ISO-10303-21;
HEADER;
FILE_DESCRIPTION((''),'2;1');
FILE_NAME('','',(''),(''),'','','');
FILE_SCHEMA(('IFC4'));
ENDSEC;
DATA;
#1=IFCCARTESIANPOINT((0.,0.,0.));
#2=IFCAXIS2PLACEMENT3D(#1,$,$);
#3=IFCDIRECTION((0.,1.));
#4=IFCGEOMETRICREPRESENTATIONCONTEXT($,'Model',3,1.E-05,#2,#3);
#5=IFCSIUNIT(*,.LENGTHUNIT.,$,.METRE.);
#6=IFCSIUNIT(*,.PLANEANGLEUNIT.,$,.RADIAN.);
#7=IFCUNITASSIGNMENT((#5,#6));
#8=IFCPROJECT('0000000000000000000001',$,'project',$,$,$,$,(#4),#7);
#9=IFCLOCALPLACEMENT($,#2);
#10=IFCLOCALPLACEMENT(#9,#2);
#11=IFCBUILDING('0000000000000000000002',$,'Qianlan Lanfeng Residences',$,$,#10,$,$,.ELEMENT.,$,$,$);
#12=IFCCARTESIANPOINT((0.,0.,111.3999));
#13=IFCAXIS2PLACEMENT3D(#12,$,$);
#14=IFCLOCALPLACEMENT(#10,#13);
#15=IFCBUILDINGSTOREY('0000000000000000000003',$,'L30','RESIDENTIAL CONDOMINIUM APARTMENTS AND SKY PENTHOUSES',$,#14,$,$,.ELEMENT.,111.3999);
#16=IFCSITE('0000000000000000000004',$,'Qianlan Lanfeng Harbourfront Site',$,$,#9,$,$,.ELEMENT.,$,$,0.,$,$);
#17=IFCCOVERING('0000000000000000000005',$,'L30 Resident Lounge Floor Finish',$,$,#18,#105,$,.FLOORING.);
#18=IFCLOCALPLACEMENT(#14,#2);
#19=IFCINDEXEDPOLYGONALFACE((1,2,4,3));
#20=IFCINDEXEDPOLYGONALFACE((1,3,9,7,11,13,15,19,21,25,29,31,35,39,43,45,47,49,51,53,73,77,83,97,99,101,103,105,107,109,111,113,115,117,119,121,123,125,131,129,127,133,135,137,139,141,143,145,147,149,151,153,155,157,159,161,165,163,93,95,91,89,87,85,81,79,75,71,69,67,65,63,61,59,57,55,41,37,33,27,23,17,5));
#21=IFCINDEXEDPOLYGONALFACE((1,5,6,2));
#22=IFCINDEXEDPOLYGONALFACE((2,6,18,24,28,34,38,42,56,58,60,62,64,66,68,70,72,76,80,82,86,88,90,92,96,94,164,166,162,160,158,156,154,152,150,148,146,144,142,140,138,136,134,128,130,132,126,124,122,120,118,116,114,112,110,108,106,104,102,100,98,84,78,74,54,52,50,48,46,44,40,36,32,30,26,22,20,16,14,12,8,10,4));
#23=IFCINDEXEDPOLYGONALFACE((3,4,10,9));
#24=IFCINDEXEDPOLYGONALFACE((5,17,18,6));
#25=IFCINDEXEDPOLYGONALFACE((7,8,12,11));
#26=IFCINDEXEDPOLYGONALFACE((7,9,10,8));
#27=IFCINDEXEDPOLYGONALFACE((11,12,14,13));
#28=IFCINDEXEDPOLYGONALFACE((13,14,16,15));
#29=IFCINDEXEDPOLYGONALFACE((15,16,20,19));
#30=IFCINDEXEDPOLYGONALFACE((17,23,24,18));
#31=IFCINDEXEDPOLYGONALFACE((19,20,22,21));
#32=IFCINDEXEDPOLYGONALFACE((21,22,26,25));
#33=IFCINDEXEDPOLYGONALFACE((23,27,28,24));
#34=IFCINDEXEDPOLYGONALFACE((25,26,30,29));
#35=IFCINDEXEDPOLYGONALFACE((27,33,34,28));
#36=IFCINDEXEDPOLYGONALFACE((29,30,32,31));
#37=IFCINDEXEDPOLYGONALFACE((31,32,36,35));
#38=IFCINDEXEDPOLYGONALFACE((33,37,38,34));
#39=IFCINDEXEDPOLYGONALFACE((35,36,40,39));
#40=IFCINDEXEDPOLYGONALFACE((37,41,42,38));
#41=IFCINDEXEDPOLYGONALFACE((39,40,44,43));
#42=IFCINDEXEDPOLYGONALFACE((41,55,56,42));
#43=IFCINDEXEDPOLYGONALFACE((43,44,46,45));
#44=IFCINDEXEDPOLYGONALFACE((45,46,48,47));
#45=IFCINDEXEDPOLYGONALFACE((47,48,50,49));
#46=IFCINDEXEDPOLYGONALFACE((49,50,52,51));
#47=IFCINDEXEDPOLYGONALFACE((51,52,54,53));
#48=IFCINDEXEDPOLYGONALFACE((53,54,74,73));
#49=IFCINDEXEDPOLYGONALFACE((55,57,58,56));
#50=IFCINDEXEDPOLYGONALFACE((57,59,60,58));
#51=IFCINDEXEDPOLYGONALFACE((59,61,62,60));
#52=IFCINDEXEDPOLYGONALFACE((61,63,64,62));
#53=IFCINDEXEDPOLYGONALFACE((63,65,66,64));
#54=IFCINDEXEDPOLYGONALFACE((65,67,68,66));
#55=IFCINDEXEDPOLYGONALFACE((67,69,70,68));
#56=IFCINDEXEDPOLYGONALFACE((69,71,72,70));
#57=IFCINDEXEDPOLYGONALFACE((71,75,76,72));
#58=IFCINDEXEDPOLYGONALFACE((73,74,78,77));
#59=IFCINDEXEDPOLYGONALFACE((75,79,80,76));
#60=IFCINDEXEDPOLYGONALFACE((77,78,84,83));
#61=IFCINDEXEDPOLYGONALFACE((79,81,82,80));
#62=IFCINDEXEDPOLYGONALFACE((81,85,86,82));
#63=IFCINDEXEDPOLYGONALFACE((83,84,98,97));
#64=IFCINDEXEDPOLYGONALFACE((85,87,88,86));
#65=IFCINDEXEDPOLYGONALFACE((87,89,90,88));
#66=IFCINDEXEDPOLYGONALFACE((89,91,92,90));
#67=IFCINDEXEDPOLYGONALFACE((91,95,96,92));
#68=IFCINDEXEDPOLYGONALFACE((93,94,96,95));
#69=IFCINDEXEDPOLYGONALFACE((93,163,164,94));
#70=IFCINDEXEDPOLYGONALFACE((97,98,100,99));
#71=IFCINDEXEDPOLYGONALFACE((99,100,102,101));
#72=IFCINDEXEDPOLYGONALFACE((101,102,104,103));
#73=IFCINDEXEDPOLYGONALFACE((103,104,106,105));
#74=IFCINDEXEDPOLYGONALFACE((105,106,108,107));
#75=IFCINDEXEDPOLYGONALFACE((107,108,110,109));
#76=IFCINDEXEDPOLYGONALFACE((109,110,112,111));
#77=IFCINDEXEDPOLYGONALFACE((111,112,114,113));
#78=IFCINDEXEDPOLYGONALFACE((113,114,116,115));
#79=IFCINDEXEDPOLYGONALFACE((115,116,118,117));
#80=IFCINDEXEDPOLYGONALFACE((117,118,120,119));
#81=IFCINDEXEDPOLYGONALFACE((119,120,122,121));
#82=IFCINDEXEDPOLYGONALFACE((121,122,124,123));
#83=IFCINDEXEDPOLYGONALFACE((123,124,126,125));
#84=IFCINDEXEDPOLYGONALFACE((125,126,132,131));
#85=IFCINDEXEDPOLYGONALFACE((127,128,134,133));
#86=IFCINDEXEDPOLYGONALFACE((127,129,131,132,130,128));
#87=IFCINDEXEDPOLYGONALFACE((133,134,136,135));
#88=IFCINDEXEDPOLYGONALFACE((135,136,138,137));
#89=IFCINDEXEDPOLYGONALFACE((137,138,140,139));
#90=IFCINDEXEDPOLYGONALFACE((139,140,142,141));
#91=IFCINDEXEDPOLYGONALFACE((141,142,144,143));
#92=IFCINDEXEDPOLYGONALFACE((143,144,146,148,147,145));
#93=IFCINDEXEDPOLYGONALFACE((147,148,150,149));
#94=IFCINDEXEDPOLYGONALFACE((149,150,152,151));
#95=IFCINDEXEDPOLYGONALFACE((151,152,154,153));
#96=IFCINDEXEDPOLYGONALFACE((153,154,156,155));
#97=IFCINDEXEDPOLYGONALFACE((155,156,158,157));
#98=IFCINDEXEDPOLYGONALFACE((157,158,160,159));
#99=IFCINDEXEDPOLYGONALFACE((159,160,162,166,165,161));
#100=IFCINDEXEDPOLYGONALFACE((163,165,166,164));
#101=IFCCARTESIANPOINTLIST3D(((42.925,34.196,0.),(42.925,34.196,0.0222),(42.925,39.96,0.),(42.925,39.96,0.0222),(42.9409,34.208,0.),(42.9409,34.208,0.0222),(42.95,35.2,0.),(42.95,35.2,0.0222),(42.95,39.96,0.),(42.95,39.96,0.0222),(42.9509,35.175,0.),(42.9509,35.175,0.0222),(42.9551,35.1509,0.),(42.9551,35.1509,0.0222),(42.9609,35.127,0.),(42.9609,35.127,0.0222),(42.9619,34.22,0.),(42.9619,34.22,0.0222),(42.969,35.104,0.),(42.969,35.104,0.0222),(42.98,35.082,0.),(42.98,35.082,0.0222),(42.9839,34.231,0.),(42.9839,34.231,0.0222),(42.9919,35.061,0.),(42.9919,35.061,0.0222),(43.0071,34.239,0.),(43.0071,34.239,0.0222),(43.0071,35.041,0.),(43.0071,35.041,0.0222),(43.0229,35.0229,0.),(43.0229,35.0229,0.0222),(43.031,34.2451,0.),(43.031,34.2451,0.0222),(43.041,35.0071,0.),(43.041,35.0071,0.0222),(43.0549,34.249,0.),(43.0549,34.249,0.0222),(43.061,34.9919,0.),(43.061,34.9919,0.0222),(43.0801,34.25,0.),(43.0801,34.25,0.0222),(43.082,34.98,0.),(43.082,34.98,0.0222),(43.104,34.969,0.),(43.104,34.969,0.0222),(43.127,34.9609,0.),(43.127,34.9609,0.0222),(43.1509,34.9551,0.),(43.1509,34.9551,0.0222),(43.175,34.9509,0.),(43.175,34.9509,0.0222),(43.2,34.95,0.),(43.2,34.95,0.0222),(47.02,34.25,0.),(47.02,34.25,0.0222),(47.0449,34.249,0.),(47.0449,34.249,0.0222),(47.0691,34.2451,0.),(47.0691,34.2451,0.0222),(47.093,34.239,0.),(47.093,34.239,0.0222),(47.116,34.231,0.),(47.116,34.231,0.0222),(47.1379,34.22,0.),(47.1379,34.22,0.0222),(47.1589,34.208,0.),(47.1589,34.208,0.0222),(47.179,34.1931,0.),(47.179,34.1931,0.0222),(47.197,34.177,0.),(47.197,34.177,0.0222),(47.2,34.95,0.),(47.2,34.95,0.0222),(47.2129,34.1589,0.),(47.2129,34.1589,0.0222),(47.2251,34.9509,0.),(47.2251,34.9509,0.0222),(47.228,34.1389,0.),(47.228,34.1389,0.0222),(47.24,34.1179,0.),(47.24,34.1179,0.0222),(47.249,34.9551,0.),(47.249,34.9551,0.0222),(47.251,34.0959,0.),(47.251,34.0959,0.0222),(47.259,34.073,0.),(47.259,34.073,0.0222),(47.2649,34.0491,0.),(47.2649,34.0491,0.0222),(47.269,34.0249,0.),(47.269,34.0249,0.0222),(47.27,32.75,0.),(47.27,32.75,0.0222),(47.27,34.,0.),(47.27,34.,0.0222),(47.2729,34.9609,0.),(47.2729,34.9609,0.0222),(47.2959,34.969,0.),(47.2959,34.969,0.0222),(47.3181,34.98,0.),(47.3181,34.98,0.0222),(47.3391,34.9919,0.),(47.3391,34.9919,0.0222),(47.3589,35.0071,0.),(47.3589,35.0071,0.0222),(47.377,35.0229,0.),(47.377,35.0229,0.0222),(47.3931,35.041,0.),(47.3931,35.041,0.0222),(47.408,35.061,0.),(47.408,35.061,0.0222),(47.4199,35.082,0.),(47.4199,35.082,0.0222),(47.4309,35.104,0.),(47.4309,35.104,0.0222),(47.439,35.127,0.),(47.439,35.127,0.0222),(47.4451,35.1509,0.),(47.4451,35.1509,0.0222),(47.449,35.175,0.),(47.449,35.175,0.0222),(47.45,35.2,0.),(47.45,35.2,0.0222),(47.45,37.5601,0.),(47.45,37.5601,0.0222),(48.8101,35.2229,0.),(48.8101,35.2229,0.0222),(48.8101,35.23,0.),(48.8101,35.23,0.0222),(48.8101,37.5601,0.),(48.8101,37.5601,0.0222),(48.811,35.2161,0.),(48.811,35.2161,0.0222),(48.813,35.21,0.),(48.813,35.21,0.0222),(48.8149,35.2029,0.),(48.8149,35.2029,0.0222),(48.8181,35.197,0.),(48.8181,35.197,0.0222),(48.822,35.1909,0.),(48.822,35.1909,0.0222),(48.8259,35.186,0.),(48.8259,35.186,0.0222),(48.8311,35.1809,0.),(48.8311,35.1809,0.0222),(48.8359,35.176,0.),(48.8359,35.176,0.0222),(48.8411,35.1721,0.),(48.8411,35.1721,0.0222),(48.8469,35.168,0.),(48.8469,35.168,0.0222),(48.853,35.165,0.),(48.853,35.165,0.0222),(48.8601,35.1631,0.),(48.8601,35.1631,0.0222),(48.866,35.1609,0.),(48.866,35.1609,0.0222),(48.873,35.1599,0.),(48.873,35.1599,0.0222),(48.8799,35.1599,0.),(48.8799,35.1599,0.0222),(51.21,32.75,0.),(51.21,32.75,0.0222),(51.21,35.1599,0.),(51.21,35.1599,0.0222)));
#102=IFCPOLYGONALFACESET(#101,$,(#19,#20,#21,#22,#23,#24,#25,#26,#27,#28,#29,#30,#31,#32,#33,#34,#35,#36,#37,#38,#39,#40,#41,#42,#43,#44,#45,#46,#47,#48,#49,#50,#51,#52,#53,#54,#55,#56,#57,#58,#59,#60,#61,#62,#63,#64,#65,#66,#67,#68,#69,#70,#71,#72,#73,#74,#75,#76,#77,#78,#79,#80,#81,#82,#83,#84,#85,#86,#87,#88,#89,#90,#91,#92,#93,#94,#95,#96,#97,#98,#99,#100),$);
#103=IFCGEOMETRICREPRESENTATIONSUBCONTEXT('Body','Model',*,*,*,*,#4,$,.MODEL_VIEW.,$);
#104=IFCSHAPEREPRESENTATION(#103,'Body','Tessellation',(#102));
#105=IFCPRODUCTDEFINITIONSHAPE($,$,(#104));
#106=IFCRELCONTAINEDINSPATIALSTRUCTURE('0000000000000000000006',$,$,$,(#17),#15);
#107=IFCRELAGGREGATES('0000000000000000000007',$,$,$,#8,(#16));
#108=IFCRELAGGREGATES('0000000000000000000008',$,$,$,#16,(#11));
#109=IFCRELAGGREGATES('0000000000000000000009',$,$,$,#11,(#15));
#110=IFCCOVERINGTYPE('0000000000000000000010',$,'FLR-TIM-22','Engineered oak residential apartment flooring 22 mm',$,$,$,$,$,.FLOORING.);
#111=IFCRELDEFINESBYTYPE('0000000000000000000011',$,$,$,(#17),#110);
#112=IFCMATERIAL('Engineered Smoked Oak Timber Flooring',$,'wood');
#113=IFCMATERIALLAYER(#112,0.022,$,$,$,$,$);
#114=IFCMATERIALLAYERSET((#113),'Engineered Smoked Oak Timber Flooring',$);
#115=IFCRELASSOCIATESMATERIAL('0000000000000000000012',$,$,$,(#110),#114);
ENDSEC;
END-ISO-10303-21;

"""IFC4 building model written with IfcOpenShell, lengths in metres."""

from ifc_helpers import new_model, si_unit, direction, frame, origin, place, context, subcontext, project, spatial, polyline, outline, extrude, material, layer, layer_set, type_object, element, save


model = new_model("IFC4")

# Units and contexts
model_context = context("Model", 3, precision=1e-05, world=origin(), true_north=direction((0.0, 1.0)))
body_context = subcontext(model_context, "Body", "Model", "MODEL_VIEW")
ifc_project = project(units=[si_unit("LENGTHUNIT", "METRE"), si_unit("PLANEANGLEUNIT", "RADIAN")], contexts=[model_context])

# Site, building, storey
site_placement = place(None, origin())
site = spatial("IfcSite", under=ifc_project, at=site_placement, Name="Qianlan Lanfeng Harbourfront Site", CompositionType="ELEMENT", RefElevation=0.0)
building_placement = place(site_placement, origin())
building = spatial("IfcBuilding", under=site, at=building_placement, Name="Qianlan Lanfeng Residences", CompositionType="ELEMENT")
storey_placement = place(building_placement, frame((0.0, 0.0, 111.3999)))
storey = spatial("IfcBuildingStorey", under=building, at=storey_placement, Name="L30", Description="RESIDENTIAL CONDOMINIUM APARTMENTS AND SKY PENTHOUSES", CompositionType="ELEMENT", Elevation=111.3999)

# Covering
ifc_material_1 = material(Name="Engineered Smoked Oak Timber Flooring", Category="wood")
ifc_layer_1 = layer(ifc_material_1, 0.022)
ifc_layer_set_1 = layer_set([ifc_layer_1], Name="Engineered Smoked Oak Timber Flooring")
covering_type_1 = type_object("IfcCoveringType", Name="FLR-TIM-22", Description="Engineered oak residential apartment flooring 22 mm", PredefinedType="FLOORING", material=ifc_layer_set_1)
covering_1_placement = place(storey_placement, origin())
element("IfcCovering", 1, at=covering_1_placement, inside=storey, type_object=covering_type_1, Name="L30 Resident Lounge Floor Finish", PredefinedType="FLOORING", context=body_context, shape_type="SweptSolid", body=[
    extrude(outline(polyline([(42.925, 34.196), (42.9409, 34.208), (42.9619, 34.22), (42.9839, 34.231), (43.0071, 34.239), (43.031, 34.2451), (43.0549, 34.249), (43.0801, 34.25), (47.02, 34.25), (47.0449, 34.249), (47.0691, 34.2451), (47.093, 34.239), (47.116, 34.231), (47.1379, 34.22), (47.1589, 34.208), (47.179, 34.1931), (47.197, 34.177), (47.2129, 34.1589), (47.228, 34.1389), (47.24, 34.1179), (47.251, 34.0959), (47.259, 34.073), (47.2649, 34.0491), (47.269, 34.0249), (47.27, 34.0), (47.27, 32.75), (51.21, 32.75), (51.21, 35.1599), (48.8799, 35.1599), (48.873, 35.1599), (48.866, 35.1609), (48.8601, 35.1631), (48.853, 35.165), (48.8469, 35.168), (48.8411, 35.1721), (48.8359, 35.176), (48.8311, 35.1809), (48.8259, 35.186), (48.822, 35.1909), (48.8181, 35.197), (48.8149, 35.2029), (48.813, 35.21), (48.811, 35.2161), (48.8101, 35.2229), (48.8101, 35.23), (48.8101, 37.5601), (47.45, 37.5601), (47.45, 35.2), (47.449, 35.175), (47.4451, 35.1509), (47.439, 35.127), (47.4309, 35.104), (47.4199, 35.082), (47.408, 35.061), (47.3931, 35.041), (47.377, 35.0229), (47.3589, 35.0071), (47.3391, 34.9919), (47.3181, 34.98), (47.2959, 34.969), (47.2729, 34.9609), (47.249, 34.9551), (47.2251, 34.9509), (47.2, 34.95), (43.2, 34.95), (43.175, 34.9509), (43.1509, 34.9551), (43.127, 34.9609), (43.104, 34.969), (43.082, 34.98), (43.061, 34.9919), (43.041, 35.0071), (43.0229, 35.0229), (43.0071, 35.041), (42.9919, 35.061), (42.98, 35.082), (42.969, 35.104), (42.9609, 35.127), (42.9551, 35.1509), (42.9509, 35.175), (42.95, 35.2), (42.95, 39.96), (42.925, 39.96), (42.925, 34.196)])), origin(), (0.0, 0.0, 1.0), 0.0222),
])

save(model, "model.ifc")
